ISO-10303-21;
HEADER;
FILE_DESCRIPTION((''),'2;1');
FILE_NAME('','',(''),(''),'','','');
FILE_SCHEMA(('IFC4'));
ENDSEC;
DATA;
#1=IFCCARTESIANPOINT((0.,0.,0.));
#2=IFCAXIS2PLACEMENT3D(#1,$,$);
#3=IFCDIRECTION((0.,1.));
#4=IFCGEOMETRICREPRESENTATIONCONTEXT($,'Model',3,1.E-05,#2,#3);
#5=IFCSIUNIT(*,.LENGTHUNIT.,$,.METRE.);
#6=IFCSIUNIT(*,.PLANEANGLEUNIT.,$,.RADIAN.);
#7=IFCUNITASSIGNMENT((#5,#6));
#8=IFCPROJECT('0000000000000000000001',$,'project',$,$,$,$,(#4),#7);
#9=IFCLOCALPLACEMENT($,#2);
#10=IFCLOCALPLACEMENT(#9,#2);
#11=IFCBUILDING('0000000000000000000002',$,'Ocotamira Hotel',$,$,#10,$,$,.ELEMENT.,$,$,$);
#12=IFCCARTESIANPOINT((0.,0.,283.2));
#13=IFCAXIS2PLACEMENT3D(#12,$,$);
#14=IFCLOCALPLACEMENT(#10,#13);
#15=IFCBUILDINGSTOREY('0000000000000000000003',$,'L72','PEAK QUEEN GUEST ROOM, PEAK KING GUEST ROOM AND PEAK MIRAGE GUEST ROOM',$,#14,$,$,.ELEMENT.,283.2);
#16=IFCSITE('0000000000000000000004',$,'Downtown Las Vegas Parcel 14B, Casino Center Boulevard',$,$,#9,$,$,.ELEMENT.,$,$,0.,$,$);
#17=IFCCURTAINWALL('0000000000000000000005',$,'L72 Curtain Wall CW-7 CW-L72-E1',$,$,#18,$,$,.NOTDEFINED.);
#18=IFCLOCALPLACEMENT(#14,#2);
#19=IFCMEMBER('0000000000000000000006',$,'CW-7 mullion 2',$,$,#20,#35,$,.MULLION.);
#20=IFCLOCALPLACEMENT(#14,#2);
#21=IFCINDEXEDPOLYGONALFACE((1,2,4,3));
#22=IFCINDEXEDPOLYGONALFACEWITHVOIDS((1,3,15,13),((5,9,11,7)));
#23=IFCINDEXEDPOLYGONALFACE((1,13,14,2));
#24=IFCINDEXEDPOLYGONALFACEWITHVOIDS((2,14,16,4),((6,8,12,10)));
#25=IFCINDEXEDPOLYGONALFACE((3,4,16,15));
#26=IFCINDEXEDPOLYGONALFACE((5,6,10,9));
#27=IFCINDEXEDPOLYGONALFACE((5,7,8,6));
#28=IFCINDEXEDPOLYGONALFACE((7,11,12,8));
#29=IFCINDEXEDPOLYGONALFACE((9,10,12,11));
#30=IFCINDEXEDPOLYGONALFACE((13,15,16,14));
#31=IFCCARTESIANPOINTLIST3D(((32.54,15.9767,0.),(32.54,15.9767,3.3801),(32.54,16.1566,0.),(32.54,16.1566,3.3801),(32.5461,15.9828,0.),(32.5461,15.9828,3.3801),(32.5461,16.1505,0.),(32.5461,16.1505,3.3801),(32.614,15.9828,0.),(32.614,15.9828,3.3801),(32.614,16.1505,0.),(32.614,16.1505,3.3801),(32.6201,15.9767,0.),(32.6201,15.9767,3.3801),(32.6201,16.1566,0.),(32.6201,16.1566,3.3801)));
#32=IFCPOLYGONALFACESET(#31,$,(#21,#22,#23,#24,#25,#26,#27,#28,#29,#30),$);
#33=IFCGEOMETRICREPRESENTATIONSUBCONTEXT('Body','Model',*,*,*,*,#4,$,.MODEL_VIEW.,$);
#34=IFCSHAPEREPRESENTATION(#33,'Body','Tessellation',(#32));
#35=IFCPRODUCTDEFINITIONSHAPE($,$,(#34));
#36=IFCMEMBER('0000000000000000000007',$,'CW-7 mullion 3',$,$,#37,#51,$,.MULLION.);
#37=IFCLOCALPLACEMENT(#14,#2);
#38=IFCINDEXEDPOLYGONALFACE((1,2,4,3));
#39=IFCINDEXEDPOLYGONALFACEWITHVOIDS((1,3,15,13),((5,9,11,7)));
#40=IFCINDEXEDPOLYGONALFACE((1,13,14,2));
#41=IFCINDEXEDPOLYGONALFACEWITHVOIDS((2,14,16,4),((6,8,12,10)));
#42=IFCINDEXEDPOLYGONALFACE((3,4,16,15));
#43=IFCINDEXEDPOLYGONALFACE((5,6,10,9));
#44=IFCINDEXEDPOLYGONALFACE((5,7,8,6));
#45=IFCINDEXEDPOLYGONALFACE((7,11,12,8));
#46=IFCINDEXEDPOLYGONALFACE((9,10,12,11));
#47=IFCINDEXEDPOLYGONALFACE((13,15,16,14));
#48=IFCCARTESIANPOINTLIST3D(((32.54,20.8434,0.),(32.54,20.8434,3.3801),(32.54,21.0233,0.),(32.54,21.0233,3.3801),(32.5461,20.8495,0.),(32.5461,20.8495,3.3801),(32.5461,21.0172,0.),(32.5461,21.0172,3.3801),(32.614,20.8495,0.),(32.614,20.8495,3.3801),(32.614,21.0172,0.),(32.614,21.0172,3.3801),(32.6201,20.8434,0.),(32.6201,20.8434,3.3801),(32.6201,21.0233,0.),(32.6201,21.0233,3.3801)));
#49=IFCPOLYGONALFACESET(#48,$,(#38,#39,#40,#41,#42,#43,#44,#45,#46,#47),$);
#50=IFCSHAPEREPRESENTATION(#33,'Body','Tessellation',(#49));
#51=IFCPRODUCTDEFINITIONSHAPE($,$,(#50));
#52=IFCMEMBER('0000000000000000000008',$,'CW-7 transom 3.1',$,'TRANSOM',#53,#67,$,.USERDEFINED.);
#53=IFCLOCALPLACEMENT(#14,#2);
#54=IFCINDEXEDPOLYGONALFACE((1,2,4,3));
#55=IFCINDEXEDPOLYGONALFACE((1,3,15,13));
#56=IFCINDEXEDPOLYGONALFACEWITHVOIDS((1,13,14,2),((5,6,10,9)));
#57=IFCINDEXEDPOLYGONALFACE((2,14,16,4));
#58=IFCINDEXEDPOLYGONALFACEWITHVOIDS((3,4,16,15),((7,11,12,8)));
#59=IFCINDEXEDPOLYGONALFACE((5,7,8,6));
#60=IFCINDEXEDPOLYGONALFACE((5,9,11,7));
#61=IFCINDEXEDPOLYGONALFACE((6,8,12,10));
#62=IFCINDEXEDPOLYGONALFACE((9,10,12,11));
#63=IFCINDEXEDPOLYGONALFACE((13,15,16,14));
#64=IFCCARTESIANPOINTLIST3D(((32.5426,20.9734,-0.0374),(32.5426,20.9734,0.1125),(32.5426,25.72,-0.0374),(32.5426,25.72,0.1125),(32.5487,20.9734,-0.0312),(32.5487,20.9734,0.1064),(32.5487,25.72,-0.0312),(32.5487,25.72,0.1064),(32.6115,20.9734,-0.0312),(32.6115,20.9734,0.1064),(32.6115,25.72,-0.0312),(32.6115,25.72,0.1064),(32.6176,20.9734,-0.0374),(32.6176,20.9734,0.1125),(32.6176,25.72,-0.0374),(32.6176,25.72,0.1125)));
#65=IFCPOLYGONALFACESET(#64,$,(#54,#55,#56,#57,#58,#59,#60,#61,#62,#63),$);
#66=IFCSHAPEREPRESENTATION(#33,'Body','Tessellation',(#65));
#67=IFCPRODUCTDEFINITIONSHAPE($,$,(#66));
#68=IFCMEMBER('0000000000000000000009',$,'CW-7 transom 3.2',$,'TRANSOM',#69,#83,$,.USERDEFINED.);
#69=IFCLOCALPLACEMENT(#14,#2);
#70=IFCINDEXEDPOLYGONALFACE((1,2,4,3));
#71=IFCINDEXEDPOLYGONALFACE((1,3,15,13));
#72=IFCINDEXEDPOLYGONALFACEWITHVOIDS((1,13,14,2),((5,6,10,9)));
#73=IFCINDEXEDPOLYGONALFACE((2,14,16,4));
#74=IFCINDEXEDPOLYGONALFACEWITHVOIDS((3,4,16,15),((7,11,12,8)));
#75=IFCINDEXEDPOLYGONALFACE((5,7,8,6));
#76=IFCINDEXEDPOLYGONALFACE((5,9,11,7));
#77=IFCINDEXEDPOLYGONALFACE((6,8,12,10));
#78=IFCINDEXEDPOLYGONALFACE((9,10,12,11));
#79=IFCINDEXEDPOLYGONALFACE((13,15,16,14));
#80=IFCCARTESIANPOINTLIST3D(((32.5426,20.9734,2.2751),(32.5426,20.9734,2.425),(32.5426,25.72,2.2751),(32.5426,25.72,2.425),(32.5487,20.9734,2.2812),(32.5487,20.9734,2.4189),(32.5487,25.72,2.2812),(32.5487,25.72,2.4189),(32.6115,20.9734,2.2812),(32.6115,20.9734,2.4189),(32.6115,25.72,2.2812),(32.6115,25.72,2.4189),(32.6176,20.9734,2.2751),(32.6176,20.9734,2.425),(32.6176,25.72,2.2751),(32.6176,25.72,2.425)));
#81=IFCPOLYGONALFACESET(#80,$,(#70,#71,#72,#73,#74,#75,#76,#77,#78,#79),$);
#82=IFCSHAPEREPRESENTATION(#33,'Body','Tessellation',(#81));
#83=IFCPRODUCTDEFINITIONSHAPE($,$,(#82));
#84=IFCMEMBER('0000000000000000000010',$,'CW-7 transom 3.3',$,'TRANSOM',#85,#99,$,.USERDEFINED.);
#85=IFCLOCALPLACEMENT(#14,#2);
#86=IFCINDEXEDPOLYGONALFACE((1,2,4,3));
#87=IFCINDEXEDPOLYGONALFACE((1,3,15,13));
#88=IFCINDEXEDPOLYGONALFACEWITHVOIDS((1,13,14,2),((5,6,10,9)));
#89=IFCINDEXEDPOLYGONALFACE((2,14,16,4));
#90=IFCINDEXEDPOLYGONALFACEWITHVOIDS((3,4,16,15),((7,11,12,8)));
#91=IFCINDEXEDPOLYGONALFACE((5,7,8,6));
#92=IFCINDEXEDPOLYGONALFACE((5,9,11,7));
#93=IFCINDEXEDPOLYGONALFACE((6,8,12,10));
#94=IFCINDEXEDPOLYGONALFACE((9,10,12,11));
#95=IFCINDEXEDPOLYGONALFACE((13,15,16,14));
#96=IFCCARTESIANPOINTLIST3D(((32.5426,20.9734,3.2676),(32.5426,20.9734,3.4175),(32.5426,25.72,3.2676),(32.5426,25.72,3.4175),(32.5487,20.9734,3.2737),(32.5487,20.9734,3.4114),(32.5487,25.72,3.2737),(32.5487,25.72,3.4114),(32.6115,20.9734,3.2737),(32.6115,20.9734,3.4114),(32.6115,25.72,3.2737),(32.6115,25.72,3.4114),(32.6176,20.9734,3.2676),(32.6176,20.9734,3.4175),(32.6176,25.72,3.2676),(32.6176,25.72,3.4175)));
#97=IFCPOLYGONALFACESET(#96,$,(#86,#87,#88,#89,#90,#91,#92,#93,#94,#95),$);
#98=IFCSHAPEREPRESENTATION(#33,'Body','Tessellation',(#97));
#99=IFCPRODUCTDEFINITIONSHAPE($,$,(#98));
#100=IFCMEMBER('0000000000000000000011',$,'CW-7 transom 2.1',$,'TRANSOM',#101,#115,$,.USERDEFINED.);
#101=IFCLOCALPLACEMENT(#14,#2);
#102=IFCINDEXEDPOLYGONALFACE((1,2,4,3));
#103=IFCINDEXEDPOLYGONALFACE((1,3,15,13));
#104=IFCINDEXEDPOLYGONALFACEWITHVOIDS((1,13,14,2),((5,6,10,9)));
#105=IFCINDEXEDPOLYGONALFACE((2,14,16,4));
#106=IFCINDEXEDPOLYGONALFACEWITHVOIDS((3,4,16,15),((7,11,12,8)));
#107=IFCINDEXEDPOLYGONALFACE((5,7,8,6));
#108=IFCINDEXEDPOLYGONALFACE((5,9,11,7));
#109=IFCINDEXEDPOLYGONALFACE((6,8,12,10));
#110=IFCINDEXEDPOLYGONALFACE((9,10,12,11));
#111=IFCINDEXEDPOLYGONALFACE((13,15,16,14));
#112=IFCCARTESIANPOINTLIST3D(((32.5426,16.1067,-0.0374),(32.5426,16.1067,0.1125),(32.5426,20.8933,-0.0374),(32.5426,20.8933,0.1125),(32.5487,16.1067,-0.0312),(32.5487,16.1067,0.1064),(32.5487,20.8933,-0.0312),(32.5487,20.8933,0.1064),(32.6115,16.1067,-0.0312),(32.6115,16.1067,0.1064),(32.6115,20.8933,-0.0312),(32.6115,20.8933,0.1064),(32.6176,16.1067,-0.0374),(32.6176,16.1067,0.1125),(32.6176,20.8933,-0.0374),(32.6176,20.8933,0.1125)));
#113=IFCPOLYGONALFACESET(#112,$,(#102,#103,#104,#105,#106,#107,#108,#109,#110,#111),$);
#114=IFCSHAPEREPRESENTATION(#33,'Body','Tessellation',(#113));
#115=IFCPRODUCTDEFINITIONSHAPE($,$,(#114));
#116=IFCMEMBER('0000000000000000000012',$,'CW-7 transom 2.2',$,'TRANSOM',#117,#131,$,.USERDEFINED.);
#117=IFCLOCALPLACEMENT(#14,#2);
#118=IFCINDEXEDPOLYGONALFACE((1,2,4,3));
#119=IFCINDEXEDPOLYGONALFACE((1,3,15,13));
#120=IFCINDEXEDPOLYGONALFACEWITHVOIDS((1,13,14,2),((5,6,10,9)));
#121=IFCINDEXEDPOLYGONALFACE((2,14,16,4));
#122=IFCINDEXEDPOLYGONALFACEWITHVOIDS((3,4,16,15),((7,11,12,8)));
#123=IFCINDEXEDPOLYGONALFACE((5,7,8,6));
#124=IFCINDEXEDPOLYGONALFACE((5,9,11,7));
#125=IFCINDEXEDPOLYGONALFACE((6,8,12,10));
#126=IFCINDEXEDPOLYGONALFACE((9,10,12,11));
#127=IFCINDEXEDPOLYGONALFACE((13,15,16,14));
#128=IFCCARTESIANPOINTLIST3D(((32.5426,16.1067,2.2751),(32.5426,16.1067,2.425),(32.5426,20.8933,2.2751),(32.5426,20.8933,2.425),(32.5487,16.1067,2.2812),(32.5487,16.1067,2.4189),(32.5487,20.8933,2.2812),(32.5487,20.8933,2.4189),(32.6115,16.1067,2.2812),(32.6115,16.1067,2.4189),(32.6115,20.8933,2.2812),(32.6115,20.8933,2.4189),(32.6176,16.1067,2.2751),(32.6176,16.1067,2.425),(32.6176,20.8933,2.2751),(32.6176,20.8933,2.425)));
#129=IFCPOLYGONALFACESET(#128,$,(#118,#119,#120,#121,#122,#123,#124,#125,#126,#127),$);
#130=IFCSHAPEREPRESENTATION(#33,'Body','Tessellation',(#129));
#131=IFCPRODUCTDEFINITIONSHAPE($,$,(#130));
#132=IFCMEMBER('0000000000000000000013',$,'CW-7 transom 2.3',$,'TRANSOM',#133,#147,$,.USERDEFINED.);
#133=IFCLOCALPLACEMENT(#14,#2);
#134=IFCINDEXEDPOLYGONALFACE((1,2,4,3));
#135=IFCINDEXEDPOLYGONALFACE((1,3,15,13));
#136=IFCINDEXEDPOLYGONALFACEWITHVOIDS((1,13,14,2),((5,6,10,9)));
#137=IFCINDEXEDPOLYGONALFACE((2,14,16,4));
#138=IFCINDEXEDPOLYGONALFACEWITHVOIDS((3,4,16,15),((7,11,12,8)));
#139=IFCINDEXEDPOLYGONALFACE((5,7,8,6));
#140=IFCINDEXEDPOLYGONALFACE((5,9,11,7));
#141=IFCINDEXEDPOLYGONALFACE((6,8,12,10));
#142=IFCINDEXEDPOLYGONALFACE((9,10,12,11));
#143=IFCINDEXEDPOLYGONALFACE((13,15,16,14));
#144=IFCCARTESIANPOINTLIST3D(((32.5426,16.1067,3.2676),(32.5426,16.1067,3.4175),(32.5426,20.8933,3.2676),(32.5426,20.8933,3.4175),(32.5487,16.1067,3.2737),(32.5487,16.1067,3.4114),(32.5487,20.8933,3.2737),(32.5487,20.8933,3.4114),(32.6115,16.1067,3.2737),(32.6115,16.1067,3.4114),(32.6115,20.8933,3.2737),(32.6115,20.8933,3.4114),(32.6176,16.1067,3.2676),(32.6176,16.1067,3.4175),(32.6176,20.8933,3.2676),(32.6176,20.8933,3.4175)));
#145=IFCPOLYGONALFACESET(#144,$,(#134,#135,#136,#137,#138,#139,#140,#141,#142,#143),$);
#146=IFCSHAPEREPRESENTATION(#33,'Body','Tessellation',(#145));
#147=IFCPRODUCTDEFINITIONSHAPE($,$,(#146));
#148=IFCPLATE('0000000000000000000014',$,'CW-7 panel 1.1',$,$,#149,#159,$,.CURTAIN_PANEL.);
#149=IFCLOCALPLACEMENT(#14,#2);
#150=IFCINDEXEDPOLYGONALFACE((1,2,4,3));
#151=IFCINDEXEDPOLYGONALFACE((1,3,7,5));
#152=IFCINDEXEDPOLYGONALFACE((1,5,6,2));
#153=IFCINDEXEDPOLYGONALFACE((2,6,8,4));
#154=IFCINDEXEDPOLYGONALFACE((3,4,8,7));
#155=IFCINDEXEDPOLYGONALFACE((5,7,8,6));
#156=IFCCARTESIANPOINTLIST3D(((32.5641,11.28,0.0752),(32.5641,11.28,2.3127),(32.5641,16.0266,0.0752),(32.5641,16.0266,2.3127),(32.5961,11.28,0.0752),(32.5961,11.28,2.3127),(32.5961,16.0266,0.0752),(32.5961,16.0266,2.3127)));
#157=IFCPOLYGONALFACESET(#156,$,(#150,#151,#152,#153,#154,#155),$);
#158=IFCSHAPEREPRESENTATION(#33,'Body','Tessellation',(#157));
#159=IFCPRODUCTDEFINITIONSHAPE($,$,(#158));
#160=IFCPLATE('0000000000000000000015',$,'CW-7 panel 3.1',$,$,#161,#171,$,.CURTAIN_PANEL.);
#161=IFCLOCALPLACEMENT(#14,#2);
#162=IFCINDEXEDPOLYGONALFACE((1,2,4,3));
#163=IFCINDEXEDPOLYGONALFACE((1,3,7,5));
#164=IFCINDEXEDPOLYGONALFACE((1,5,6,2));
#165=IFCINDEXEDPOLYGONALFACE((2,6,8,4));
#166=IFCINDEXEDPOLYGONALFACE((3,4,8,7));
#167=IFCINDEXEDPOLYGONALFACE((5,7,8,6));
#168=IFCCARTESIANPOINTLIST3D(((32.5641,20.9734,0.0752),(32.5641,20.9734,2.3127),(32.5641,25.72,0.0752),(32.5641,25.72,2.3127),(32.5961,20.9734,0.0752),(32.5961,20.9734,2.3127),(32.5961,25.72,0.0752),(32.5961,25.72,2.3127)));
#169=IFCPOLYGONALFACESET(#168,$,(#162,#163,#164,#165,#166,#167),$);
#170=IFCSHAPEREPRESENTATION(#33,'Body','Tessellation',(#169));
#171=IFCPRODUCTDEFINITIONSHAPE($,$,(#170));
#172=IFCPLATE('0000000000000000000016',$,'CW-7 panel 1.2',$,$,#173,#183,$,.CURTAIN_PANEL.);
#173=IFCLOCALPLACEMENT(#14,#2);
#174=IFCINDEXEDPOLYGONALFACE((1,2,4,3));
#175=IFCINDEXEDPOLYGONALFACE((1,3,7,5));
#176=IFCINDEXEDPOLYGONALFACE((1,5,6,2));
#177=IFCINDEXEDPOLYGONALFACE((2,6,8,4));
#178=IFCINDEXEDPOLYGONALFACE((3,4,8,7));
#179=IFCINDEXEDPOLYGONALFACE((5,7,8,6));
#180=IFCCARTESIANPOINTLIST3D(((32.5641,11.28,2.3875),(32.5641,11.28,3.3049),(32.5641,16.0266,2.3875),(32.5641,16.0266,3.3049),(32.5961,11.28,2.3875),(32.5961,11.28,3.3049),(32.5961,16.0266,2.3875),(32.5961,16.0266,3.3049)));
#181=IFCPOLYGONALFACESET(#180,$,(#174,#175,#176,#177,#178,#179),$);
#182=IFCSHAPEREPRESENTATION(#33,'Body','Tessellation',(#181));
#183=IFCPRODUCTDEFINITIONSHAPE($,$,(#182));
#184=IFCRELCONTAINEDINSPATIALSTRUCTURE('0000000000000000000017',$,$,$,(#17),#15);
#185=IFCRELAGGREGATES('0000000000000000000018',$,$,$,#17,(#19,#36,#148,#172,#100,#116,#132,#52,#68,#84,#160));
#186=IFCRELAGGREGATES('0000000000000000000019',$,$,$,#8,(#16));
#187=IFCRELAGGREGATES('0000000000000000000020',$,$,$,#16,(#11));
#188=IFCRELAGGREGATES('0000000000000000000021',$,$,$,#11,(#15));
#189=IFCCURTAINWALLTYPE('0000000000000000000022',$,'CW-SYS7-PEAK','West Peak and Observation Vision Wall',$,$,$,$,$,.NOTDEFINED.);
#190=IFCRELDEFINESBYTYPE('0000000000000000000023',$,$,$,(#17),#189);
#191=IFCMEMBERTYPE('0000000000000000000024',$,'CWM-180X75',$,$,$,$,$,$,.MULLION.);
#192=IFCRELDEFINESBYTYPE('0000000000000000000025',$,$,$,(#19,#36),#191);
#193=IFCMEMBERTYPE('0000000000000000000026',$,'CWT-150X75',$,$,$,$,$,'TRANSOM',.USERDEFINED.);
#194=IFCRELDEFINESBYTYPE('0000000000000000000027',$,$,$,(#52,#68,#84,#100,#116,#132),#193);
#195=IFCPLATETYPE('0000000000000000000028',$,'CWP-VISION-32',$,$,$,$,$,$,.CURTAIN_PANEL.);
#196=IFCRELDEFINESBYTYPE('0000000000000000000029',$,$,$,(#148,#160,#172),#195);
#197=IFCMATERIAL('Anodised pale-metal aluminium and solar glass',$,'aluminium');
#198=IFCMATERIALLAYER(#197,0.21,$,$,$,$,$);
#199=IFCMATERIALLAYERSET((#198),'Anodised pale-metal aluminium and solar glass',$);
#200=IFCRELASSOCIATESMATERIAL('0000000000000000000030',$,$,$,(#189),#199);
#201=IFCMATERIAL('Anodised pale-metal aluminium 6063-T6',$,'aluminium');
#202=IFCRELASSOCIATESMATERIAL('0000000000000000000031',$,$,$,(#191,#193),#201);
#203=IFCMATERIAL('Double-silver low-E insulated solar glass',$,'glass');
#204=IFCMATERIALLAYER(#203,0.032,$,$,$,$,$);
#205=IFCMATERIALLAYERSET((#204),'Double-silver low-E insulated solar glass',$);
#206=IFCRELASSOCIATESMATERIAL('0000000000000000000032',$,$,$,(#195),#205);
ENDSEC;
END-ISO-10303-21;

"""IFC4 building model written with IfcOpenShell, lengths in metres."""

from ifc_helpers import new_model, si_unit, direction, frame, origin, origin_2d, place, context, subcontext, project, spatial, rectangle, hollow_rectangle, extrude, source, transform, mapped, material, layer, layer_set, material_profile, profile_set, type_object, element, aggregate, save


model = new_model("IFC4")

# Units and contexts
model_context = context("Model", 3, precision=1e-05, world=origin(), true_north=direction((0.0, 1.0)))
body_context = subcontext(model_context, "Body", "Model", "MODEL_VIEW")
ifc_project = project(units=[si_unit("LENGTHUNIT", "METRE"), si_unit("PLANEANGLEUNIT", "RADIAN")], contexts=[model_context])

# Site, building, storey
site_placement = place(None, origin())
site = spatial("IfcSite", under=ifc_project, at=site_placement, Name="Downtown Las Vegas Parcel 14B, Casino Center Boulevard", CompositionType="ELEMENT", RefElevation=0.0)
building_placement = place(site_placement, origin())
building = spatial("IfcBuilding", under=site, at=building_placement, Name="Ocotamira Hotel", CompositionType="ELEMENT")
storey_placement = place(building_placement, frame((0.0, 0.0, 283.2)))
storey = spatial("IfcBuildingStorey", under=building, at=storey_placement, Name="L72", Description="PEAK QUEEN GUEST ROOM, PEAK KING GUEST ROOM AND PEAK MIRAGE GUEST ROOM", CompositionType="ELEMENT", Elevation=283.2)

# Curtain wall, members, plates
ifc_material_1 = material(Name="Anodised pale-metal aluminium and solar glass", Category="aluminium")
ifc_layer_1 = layer(ifc_material_1, 0.21)
ifc_layer_set_1 = layer_set([ifc_layer_1], Name="Anodised pale-metal aluminium and solar glass")
curtain_wall_type = type_object("IfcCurtainWallType", Name="CW-SYS7-PEAK", Description="West Peak and Observation Vision Wall", PredefinedType="NOTDEFINED", material=ifc_layer_set_1)
curtain_wall_placement = place(storey_placement, origin())
curtain_wall = element("IfcCurtainWall", 1, at=curtain_wall_placement, inside=storey, type_object=curtain_wall_type, Name="L72 Curtain Wall CW-7 CW-L72-E1", PredefinedType="NOTDEFINED")
ifc_material_2 = material(Name="Anodised pale-metal aluminium 6063-T6", Category="aluminium")
ifc_material_profile_1 = material_profile(ifc_material_2, hollow_rectangle(XDim=0.0801, YDim=0.1799, WallThickness=0.0061, at=origin_2d()), Name="HSS180X80X6")
ifc_profile_set_1 = profile_set([ifc_material_profile_1], Name="Anodised pale-metal aluminium 6063-T6")
member_type_1 = type_object("IfcMemberType", Name="CWM-180X75", PredefinedType="MULLION", material=ifc_profile_set_1)
shared_shape_1 = source(origin(), body_context, "Body", "SweptSolid", [
    extrude(hollow_rectangle(XDim=0.0801, YDim=0.1799, WallThickness=0.0061, at=origin_2d()), origin(), (0.0, 0.0, 1.0), 3.3801),
])
member_1_placement = place(storey_placement, frame((32.5801, 16.0667, 0.0), z_axis=(0.0, 0.0, 1.0), x_axis=(-1.0, 0.0, 0.0)))
member_1 = element("IfcMember", 2, at=member_1_placement, type_object=member_type_1, Name="CW-7 mullion 2", PredefinedType="MULLION", context=body_context, shape_type="MappedRepresentation", body=[
    mapped(shared_shape_1, transform((0.0, 0.0, 0.0), scale=1.0)),
])
member_2_placement = place(storey_placement, frame((32.5801, 20.9333, 0.0), z_axis=(0.0, 0.0, 1.0), x_axis=(-1.0, 0.0, 0.0)))
member_2 = element("IfcMember", 3, at=member_2_placement, type_object=member_type_1, Name="CW-7 mullion 3", PredefinedType="MULLION", context=body_context, shape_type="MappedRepresentation", body=[
    mapped(shared_shape_1, transform((0.0, 0.0, 0.0), scale=1.0)),
])
ifc_material_profile_2 = material_profile(ifc_material_2, hollow_rectangle(XDim=0.075, YDim=0.1499, WallThickness=0.0061, at=origin_2d()), Name="HSS150X75X6")
ifc_profile_set_2 = profile_set([ifc_material_profile_2], Name="Anodised pale-metal aluminium 6063-T6")
member_type_2 = type_object("IfcMemberType", Name="CWT-150X75", ElementType="TRANSOM", PredefinedType="USERDEFINED", material=ifc_profile_set_2)
shared_shape_2 = source(origin(), body_context, "Body", "SweptSolid", [
    extrude(hollow_rectangle(XDim=0.075, YDim=0.1499, WallThickness=0.0061, at=origin_2d()), origin(), (0.0, 0.0, 1.0), 4.7466),
])
member_3_placement = place(storey_placement, frame((32.5801, 20.9734, 0.0376), z_axis=(0.0, 1.0, 0.0), x_axis=(-1.0, 0.0, 0.0)))
member_3 = element("IfcMember", 4, at=member_3_placement, type_object=member_type_2, Name="CW-7 transom 3.1", ObjectType="TRANSOM", PredefinedType="USERDEFINED", context=body_context, shape_type="MappedRepresentation", body=[
    mapped(shared_shape_2, transform((0.0, 0.0, 0.0), scale=1.0)),
])
member_4_placement = place(storey_placement, frame((32.5801, 20.9734, 2.3501), z_axis=(0.0, 1.0, 0.0), x_axis=(-1.0, 0.0, 0.0)))
member_4 = element("IfcMember", 5, at=member_4_placement, type_object=member_type_2, Name="CW-7 transom 3.2", ObjectType="TRANSOM", PredefinedType="USERDEFINED", context=body_context, shape_type="MappedRepresentation", body=[
    mapped(shared_shape_2, transform((0.0, 0.0, 0.0), scale=1.0)),
])
member_5_placement = place(storey_placement, frame((32.5801, 20.9734, 3.3425), z_axis=(0.0, 1.0, 0.0), x_axis=(-1.0, 0.0, 0.0)))
member_5 = element("IfcMember", 6, at=member_5_placement, type_object=member_type_2, Name="CW-7 transom 3.3", ObjectType="TRANSOM", PredefinedType="USERDEFINED", context=body_context, shape_type="MappedRepresentation", body=[
    mapped(shared_shape_2, transform((0.0, 0.0, 0.0), scale=1.0)),
])
shared_shape_3 = source(origin(), body_context, "Body", "SweptSolid", [
    extrude(hollow_rectangle(XDim=0.075, YDim=0.1499, WallThickness=0.0061, at=origin_2d()), origin(), (0.0, 0.0, 1.0), 4.7866),
])
member_6_placement = place(storey_placement, frame((32.5801, 16.1067, 0.0376), z_axis=(0.0, 1.0, 0.0), x_axis=(-1.0, 0.0, 0.0)))
member_6 = element("IfcMember", 7, at=member_6_placement, type_object=member_type_2, Name="CW-7 transom 2.1", ObjectType="TRANSOM", PredefinedType="USERDEFINED", context=body_context, shape_type="MappedRepresentation", body=[
    mapped(shared_shape_3, transform((0.0, 0.0, 0.0), scale=1.0)),
])
member_7_placement = place(storey_placement, frame((32.5801, 16.1067, 2.3501), z_axis=(0.0, 1.0, 0.0), x_axis=(-1.0, 0.0, 0.0)))
member_7 = element("IfcMember", 8, at=member_7_placement, type_object=member_type_2, Name="CW-7 transom 2.2", ObjectType="TRANSOM", PredefinedType="USERDEFINED", context=body_context, shape_type="MappedRepresentation", body=[
    mapped(shared_shape_3, transform((0.0, 0.0, 0.0), scale=1.0)),
])
member_8_placement = place(storey_placement, frame((32.5801, 16.1067, 3.3425), z_axis=(0.0, 1.0, 0.0), x_axis=(-1.0, 0.0, 0.0)))
member_8 = element("IfcMember", 9, at=member_8_placement, type_object=member_type_2, Name="CW-7 transom 2.3", ObjectType="TRANSOM", PredefinedType="USERDEFINED", context=body_context, shape_type="MappedRepresentation", body=[
    mapped(shared_shape_3, transform((0.0, 0.0, 0.0), scale=1.0)),
])
ifc_material_3 = material(Name="Double-silver low-E insulated solar glass", Category="glass")
ifc_layer_2 = layer(ifc_material_3, 0.032)
ifc_layer_set_2 = layer_set([ifc_layer_2], Name="Double-silver low-E insulated solar glass")
plate_type = type_object("IfcPlateType", Name="CWP-VISION-32", PredefinedType="CURTAIN_PANEL", material=ifc_layer_set_2)
shared_shape_4 = source(origin(), body_context, "Body", "SweptSolid", [
    extrude(rectangle(XDim=4.7466, YDim=0.032, at=origin_2d()), origin(), (0.0, 0.0, 1.0), 2.2375),
])
plate_1_placement = place(storey_placement, frame((32.5801, 13.6533, 0.0752), z_axis=(0.0, 0.0, 1.0), x_axis=(0.0, 1.0, 0.0)))
plate_1 = element("IfcPlate", 10, at=plate_1_placement, type_object=plate_type, Name="CW-7 panel 1.1", PredefinedType="CURTAIN_PANEL", context=body_context, shape_type="MappedRepresentation", body=[
    mapped(shared_shape_4, transform((0.0, 0.0, 0.0), scale=1.0)),
])
plate_2_placement = place(storey_placement, frame((32.5801, 23.3467, 0.0752), z_axis=(0.0, 0.0, 1.0), x_axis=(0.0, 1.0, 0.0)))
plate_2 = element("IfcPlate", 11, at=plate_2_placement, type_object=plate_type, Name="CW-7 panel 3.1", PredefinedType="CURTAIN_PANEL", context=body_context, shape_type="MappedRepresentation", body=[
    mapped(shared_shape_4, transform((0.0, 0.0, 0.0), scale=1.0)),
])
shared_shape_5 = source(origin(), body_context, "Body", "SweptSolid", [
    extrude(rectangle(XDim=4.7466, YDim=0.032, at=origin_2d()), origin(), (0.0, 0.0, 1.0), 0.9175),
])
plate_3_placement = place(storey_placement, frame((32.5801, 13.6533, 2.3875), z_axis=(0.0, 0.0, 1.0), x_axis=(0.0, 1.0, 0.0)))
plate_3 = element("IfcPlate", 12, at=plate_3_placement, type_object=plate_type, Name="CW-7 panel 1.2", PredefinedType="CURTAIN_PANEL", context=body_context, shape_type="MappedRepresentation", body=[
    mapped(shared_shape_5, transform((0.0, 0.0, 0.0), scale=1.0)),
])
aggregate(curtain_wall, [member_1, member_2, plate_1, plate_3, member_6, member_7, member_8, member_3, member_4, member_5, plate_2])

save(model, "model.ifc")
